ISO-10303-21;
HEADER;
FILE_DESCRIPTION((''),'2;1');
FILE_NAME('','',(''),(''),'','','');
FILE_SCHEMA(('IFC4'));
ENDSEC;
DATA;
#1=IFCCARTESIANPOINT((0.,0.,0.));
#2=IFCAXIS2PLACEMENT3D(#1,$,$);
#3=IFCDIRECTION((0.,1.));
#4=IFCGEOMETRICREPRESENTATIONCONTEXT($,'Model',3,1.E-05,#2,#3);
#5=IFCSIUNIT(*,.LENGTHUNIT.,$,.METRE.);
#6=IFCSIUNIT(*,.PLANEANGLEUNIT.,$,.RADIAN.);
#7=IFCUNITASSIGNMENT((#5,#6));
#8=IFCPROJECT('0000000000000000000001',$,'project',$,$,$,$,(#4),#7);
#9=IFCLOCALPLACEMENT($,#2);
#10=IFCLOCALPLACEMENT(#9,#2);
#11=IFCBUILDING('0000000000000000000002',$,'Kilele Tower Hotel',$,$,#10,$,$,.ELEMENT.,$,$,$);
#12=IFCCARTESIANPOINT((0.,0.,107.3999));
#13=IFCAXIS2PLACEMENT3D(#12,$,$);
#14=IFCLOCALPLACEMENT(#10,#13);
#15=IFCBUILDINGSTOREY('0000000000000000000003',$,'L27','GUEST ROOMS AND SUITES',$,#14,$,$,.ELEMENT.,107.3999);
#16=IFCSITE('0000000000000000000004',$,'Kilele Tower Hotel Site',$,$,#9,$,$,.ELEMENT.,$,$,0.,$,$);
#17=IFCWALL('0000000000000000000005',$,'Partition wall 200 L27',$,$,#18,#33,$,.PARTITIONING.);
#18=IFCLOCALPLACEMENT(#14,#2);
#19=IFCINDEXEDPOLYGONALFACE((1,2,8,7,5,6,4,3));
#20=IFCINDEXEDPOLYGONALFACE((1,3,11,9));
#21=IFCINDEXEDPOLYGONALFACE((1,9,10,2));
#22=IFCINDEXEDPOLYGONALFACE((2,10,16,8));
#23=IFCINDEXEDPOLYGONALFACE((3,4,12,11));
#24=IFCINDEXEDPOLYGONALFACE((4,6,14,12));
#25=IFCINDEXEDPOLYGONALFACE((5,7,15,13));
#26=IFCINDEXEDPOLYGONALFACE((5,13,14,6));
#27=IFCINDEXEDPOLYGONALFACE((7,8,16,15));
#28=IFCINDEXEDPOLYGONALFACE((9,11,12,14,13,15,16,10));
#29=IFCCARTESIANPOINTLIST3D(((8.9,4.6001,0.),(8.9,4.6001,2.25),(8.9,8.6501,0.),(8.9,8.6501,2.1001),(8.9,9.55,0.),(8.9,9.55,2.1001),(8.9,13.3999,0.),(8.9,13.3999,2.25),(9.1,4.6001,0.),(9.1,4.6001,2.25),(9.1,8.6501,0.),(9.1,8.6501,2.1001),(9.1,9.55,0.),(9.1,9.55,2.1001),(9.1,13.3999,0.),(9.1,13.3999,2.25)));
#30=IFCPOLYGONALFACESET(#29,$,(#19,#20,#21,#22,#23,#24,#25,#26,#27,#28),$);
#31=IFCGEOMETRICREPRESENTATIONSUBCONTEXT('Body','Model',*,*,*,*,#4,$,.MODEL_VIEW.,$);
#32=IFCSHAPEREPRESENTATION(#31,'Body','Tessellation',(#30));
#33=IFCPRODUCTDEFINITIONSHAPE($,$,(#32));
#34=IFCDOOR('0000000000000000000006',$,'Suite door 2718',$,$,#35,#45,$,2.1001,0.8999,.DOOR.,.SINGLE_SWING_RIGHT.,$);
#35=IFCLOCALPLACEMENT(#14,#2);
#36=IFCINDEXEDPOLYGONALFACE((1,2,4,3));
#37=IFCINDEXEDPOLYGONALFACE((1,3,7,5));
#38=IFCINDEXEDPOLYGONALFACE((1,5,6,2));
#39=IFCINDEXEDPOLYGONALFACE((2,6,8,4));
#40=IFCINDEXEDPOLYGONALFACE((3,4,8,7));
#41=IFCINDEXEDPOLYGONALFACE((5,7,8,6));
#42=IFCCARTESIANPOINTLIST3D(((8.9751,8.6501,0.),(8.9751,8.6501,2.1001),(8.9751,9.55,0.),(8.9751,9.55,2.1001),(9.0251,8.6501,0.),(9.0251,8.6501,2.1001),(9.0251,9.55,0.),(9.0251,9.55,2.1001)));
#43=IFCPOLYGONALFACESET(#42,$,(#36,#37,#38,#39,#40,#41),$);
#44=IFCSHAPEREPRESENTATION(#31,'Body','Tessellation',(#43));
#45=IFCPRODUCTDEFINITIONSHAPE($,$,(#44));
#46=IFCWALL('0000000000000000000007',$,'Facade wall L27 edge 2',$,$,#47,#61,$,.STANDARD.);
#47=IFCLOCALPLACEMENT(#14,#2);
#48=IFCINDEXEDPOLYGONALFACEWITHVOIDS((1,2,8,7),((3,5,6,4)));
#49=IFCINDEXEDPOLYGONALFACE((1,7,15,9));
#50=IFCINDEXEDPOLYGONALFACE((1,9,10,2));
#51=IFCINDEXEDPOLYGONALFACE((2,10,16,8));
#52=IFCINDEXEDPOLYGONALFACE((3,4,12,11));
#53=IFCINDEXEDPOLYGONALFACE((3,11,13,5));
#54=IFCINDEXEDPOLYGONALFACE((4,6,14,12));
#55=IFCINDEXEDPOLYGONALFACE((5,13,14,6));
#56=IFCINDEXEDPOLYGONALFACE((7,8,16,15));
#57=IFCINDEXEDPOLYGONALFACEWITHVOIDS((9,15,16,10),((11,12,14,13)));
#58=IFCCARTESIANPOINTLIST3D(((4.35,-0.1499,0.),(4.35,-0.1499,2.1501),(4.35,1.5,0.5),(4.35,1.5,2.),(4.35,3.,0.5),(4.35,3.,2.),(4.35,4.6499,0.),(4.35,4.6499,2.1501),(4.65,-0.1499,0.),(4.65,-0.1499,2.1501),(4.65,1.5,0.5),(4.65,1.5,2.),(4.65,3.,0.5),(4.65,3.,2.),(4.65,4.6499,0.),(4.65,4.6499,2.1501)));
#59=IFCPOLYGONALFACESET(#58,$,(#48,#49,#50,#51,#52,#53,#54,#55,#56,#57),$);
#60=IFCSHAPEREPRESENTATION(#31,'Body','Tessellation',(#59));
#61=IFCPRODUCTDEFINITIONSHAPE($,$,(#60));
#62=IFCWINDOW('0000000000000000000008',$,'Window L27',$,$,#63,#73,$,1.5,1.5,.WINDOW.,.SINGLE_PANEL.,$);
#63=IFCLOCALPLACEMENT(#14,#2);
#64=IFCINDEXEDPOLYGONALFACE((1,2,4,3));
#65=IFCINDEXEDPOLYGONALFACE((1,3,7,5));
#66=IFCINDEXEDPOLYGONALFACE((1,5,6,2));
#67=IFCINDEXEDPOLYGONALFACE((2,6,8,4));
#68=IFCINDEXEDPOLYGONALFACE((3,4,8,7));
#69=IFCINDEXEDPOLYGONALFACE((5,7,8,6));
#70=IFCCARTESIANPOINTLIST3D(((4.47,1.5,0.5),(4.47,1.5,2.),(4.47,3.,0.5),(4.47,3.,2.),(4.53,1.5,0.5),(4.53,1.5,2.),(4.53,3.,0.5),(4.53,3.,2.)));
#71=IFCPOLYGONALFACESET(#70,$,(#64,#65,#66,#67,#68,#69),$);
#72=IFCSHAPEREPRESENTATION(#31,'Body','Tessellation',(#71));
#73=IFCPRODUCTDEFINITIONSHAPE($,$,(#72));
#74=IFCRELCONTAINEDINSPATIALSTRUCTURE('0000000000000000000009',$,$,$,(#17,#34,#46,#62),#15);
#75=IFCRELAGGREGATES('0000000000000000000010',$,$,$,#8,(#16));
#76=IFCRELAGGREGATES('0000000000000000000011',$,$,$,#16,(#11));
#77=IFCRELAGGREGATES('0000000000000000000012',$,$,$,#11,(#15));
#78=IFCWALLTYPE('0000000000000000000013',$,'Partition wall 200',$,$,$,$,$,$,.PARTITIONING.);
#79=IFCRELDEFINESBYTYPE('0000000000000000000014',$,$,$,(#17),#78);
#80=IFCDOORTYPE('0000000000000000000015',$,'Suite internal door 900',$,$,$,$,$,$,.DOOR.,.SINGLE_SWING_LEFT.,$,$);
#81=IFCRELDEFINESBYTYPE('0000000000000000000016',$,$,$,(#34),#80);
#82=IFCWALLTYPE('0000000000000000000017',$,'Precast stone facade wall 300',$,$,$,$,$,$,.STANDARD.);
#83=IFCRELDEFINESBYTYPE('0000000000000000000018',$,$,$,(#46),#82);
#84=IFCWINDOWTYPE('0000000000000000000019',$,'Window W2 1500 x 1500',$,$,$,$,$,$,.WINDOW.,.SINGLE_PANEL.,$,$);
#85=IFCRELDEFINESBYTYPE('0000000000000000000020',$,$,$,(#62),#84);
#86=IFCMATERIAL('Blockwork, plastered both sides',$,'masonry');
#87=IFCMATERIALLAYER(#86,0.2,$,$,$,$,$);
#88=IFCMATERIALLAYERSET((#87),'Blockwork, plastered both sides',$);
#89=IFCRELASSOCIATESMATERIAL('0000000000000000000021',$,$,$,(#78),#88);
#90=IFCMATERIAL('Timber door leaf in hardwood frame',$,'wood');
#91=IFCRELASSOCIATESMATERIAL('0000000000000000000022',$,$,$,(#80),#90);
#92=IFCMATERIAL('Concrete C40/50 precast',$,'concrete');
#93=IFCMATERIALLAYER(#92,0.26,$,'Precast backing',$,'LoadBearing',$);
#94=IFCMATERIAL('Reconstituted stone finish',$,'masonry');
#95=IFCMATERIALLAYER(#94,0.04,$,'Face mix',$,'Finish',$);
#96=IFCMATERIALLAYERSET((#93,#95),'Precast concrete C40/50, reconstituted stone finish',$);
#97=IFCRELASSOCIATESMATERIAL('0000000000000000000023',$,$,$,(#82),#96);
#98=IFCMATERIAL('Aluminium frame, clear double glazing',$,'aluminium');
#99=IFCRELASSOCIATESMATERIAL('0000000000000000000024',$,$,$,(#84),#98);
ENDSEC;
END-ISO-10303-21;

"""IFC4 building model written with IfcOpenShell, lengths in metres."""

from ifc_helpers import new_model, si_unit, direction, frame, frame_2d, origin, place, context, subcontext, project, spatial, rectangle, extrude, material, layer, layer_set, type_object, element, fill, save


model = new_model("IFC4")

# Units and contexts
model_context = context("Model", 3, precision=1e-05, world=origin(), true_north=direction((0.0, 1.0)))
body_context = subcontext(model_context, "Body", "Model", "MODEL_VIEW")
ifc_project = project(units=[si_unit("LENGTHUNIT", "METRE"), si_unit("PLANEANGLEUNIT", "RADIAN")], contexts=[model_context])

# Site, building, storey
site_placement = place(None, origin())
site = spatial("IfcSite", under=ifc_project, at=site_placement, Name="Kilele Tower Hotel Site", CompositionType="ELEMENT", RefElevation=0.0)
building_placement = place(site_placement, origin())
building = spatial("IfcBuilding", under=site, at=building_placement, Name="Kilele Tower Hotel", CompositionType="ELEMENT")
storey_placement = place(building_placement, frame((0.0, 0.0, 107.3999)))
storey = spatial("IfcBuildingStorey", under=building, at=storey_placement, Name="L27", Description="GUEST ROOMS AND SUITES", CompositionType="ELEMENT", Elevation=107.3999)

# Wall, opening, door
ifc_material_1 = material(Name="Blockwork, plastered both sides", Category="masonry")
ifc_layer_1 = layer(ifc_material_1, 0.2)
ifc_layer_set_1 = layer_set([ifc_layer_1], Name="Blockwork, plastered both sides")
wall_type_1 = type_object("IfcWallType", Name="Partition wall 200", PredefinedType="PARTITIONING", material=ifc_layer_set_1)
wall_1_placement = place(storey_placement, frame((9.0, 4.6001, 0.0), z_axis=(0.0, 0.0, 1.0), x_axis=(0.0, 1.0, 0.0)))
wall_1 = element("IfcWall", 1, at=wall_1_placement, inside=storey, type_object=wall_type_1, Name="Partition wall 200 L27", PredefinedType="PARTITIONING", context=body_context, shape_type="SweptSolid", body=[
    extrude(rectangle(XDim=8.7998, YDim=0.2, at=frame_2d((4.3999, 0.0))), origin(), (0.0, 0.0, 1.0), 2.25),
])
opening_1_placement = place(wall_1_placement, frame((4.05, 0.0, 0.0)))
opening_1 = element("IfcOpeningElement", 2, at=opening_1_placement, cuts=wall_1, PredefinedType="OPENING", context=body_context, shape_type="SweptSolid", body=[
    extrude(rectangle(XDim=0.8999, YDim=2.1001, at=frame_2d((0.45, 1.05))), frame((0.0, 0.1099, 0.0), z_axis=(0.0, -1.0, 0.0), x_axis=(1.0, 0.0, 0.0)), (0.0, 0.0, 1.0), 0.22),
])
ifc_material_2 = material(Name="Timber door leaf in hardwood frame", Category="wood")
door_type_1 = type_object("IfcDoorType", Name="Suite internal door 900", OperationType="SINGLE_SWING_LEFT", PredefinedType="DOOR", material=ifc_material_2)
door_1_placement = place(opening_1_placement, origin())
door_1 = element("IfcDoor", 3, at=door_1_placement, inside=storey, type_object=door_type_1, Name="Suite door 2718", OperationType="SINGLE_SWING_RIGHT", OverallHeight=2.1001, OverallWidth=0.8999, PredefinedType="DOOR", context=body_context, shape_type="SweptSolid", body=[
    extrude(rectangle(XDim=0.8999, YDim=2.1001, at=frame_2d((0.45, 1.05))), frame((0.0, 0.0249, 0.0), z_axis=(0.0, -1.0, 0.0), x_axis=(1.0, 0.0, 0.0)), (0.0, 0.0, 1.0), 0.05),
])
fill(opening_1, door_1)

# Wall, opening, window
ifc_material_3 = material(Name="Concrete C40/50 precast", Category="concrete")
ifc_layer_2 = layer(ifc_material_3, 0.26, Name="Precast backing", Category="LoadBearing")
ifc_material_4 = material(Name="Reconstituted stone finish", Category="masonry")
ifc_layer_3 = layer(ifc_material_4, 0.04, Name="Face mix", Category="Finish")
ifc_layer_set_2 = layer_set([ifc_layer_2, ifc_layer_3], Name="Precast concrete C40/50, reconstituted stone finish")
wall_type_2 = type_object("IfcWallType", Name="Precast stone facade wall 300", PredefinedType="STANDARD", material=ifc_layer_set_2)
wall_2_placement = place(storey_placement, frame((4.5, 4.6499, 0.0), z_axis=(0.0, 0.0, 1.0), x_axis=(0.0, -1.0, 0.0)))
wall_2 = element("IfcWall", 4, at=wall_2_placement, inside=storey, type_object=wall_type_2, Name="Facade wall L27 edge 2", PredefinedType="STANDARD", context=body_context, shape_type="SweptSolid", body=[
    extrude(rectangle(XDim=4.7998, YDim=0.3, at=frame_2d((2.3999, 0.0))), origin(), (0.0, 0.0, 1.0), 2.1501),
])
opening_2_placement = place(wall_2_placement, frame((1.6499, 0.0, 0.5)))
opening_2 = element("IfcOpeningElement", 5, at=opening_2_placement, cuts=wall_2, PredefinedType="OPENING", context=body_context, shape_type="SweptSolid", body=[
    extrude(rectangle(XDim=1.5, YDim=1.5, at=frame_2d((0.75, 0.75))), frame((0.0, 0.1599, 0.0), z_axis=(0.0, -1.0, 0.0), x_axis=(1.0, 0.0, 0.0)), (0.0, 0.0, 1.0), 0.3201),
])
ifc_material_5 = material(Name="Aluminium frame, clear double glazing", Category="aluminium")
window_type = type_object("IfcWindowType", Name="Window W2 1500 x 1500", PartitioningType="SINGLE_PANEL", PredefinedType="WINDOW", material=ifc_material_5)
window_placement = place(opening_2_placement, origin())
window = element("IfcWindow", 6, at=window_placement, inside=storey, type_object=window_type, Name="Window L27", OverallHeight=1.5, OverallWidth=1.5, PartitioningType="SINGLE_PANEL", PredefinedType="WINDOW", context=body_context, shape_type="SweptSolid", body=[
    extrude(rectangle(XDim=1.5, YDim=1.5, at=frame_2d((0.75, 0.75))), frame((0.0, 0.03, 0.0), z_axis=(0.0, -1.0, 0.0), x_axis=(1.0, 0.0, 0.0)), (0.0, 0.0, 1.0), 0.0601),
])
fill(opening_2, window)

save(model, "model.ifc")
